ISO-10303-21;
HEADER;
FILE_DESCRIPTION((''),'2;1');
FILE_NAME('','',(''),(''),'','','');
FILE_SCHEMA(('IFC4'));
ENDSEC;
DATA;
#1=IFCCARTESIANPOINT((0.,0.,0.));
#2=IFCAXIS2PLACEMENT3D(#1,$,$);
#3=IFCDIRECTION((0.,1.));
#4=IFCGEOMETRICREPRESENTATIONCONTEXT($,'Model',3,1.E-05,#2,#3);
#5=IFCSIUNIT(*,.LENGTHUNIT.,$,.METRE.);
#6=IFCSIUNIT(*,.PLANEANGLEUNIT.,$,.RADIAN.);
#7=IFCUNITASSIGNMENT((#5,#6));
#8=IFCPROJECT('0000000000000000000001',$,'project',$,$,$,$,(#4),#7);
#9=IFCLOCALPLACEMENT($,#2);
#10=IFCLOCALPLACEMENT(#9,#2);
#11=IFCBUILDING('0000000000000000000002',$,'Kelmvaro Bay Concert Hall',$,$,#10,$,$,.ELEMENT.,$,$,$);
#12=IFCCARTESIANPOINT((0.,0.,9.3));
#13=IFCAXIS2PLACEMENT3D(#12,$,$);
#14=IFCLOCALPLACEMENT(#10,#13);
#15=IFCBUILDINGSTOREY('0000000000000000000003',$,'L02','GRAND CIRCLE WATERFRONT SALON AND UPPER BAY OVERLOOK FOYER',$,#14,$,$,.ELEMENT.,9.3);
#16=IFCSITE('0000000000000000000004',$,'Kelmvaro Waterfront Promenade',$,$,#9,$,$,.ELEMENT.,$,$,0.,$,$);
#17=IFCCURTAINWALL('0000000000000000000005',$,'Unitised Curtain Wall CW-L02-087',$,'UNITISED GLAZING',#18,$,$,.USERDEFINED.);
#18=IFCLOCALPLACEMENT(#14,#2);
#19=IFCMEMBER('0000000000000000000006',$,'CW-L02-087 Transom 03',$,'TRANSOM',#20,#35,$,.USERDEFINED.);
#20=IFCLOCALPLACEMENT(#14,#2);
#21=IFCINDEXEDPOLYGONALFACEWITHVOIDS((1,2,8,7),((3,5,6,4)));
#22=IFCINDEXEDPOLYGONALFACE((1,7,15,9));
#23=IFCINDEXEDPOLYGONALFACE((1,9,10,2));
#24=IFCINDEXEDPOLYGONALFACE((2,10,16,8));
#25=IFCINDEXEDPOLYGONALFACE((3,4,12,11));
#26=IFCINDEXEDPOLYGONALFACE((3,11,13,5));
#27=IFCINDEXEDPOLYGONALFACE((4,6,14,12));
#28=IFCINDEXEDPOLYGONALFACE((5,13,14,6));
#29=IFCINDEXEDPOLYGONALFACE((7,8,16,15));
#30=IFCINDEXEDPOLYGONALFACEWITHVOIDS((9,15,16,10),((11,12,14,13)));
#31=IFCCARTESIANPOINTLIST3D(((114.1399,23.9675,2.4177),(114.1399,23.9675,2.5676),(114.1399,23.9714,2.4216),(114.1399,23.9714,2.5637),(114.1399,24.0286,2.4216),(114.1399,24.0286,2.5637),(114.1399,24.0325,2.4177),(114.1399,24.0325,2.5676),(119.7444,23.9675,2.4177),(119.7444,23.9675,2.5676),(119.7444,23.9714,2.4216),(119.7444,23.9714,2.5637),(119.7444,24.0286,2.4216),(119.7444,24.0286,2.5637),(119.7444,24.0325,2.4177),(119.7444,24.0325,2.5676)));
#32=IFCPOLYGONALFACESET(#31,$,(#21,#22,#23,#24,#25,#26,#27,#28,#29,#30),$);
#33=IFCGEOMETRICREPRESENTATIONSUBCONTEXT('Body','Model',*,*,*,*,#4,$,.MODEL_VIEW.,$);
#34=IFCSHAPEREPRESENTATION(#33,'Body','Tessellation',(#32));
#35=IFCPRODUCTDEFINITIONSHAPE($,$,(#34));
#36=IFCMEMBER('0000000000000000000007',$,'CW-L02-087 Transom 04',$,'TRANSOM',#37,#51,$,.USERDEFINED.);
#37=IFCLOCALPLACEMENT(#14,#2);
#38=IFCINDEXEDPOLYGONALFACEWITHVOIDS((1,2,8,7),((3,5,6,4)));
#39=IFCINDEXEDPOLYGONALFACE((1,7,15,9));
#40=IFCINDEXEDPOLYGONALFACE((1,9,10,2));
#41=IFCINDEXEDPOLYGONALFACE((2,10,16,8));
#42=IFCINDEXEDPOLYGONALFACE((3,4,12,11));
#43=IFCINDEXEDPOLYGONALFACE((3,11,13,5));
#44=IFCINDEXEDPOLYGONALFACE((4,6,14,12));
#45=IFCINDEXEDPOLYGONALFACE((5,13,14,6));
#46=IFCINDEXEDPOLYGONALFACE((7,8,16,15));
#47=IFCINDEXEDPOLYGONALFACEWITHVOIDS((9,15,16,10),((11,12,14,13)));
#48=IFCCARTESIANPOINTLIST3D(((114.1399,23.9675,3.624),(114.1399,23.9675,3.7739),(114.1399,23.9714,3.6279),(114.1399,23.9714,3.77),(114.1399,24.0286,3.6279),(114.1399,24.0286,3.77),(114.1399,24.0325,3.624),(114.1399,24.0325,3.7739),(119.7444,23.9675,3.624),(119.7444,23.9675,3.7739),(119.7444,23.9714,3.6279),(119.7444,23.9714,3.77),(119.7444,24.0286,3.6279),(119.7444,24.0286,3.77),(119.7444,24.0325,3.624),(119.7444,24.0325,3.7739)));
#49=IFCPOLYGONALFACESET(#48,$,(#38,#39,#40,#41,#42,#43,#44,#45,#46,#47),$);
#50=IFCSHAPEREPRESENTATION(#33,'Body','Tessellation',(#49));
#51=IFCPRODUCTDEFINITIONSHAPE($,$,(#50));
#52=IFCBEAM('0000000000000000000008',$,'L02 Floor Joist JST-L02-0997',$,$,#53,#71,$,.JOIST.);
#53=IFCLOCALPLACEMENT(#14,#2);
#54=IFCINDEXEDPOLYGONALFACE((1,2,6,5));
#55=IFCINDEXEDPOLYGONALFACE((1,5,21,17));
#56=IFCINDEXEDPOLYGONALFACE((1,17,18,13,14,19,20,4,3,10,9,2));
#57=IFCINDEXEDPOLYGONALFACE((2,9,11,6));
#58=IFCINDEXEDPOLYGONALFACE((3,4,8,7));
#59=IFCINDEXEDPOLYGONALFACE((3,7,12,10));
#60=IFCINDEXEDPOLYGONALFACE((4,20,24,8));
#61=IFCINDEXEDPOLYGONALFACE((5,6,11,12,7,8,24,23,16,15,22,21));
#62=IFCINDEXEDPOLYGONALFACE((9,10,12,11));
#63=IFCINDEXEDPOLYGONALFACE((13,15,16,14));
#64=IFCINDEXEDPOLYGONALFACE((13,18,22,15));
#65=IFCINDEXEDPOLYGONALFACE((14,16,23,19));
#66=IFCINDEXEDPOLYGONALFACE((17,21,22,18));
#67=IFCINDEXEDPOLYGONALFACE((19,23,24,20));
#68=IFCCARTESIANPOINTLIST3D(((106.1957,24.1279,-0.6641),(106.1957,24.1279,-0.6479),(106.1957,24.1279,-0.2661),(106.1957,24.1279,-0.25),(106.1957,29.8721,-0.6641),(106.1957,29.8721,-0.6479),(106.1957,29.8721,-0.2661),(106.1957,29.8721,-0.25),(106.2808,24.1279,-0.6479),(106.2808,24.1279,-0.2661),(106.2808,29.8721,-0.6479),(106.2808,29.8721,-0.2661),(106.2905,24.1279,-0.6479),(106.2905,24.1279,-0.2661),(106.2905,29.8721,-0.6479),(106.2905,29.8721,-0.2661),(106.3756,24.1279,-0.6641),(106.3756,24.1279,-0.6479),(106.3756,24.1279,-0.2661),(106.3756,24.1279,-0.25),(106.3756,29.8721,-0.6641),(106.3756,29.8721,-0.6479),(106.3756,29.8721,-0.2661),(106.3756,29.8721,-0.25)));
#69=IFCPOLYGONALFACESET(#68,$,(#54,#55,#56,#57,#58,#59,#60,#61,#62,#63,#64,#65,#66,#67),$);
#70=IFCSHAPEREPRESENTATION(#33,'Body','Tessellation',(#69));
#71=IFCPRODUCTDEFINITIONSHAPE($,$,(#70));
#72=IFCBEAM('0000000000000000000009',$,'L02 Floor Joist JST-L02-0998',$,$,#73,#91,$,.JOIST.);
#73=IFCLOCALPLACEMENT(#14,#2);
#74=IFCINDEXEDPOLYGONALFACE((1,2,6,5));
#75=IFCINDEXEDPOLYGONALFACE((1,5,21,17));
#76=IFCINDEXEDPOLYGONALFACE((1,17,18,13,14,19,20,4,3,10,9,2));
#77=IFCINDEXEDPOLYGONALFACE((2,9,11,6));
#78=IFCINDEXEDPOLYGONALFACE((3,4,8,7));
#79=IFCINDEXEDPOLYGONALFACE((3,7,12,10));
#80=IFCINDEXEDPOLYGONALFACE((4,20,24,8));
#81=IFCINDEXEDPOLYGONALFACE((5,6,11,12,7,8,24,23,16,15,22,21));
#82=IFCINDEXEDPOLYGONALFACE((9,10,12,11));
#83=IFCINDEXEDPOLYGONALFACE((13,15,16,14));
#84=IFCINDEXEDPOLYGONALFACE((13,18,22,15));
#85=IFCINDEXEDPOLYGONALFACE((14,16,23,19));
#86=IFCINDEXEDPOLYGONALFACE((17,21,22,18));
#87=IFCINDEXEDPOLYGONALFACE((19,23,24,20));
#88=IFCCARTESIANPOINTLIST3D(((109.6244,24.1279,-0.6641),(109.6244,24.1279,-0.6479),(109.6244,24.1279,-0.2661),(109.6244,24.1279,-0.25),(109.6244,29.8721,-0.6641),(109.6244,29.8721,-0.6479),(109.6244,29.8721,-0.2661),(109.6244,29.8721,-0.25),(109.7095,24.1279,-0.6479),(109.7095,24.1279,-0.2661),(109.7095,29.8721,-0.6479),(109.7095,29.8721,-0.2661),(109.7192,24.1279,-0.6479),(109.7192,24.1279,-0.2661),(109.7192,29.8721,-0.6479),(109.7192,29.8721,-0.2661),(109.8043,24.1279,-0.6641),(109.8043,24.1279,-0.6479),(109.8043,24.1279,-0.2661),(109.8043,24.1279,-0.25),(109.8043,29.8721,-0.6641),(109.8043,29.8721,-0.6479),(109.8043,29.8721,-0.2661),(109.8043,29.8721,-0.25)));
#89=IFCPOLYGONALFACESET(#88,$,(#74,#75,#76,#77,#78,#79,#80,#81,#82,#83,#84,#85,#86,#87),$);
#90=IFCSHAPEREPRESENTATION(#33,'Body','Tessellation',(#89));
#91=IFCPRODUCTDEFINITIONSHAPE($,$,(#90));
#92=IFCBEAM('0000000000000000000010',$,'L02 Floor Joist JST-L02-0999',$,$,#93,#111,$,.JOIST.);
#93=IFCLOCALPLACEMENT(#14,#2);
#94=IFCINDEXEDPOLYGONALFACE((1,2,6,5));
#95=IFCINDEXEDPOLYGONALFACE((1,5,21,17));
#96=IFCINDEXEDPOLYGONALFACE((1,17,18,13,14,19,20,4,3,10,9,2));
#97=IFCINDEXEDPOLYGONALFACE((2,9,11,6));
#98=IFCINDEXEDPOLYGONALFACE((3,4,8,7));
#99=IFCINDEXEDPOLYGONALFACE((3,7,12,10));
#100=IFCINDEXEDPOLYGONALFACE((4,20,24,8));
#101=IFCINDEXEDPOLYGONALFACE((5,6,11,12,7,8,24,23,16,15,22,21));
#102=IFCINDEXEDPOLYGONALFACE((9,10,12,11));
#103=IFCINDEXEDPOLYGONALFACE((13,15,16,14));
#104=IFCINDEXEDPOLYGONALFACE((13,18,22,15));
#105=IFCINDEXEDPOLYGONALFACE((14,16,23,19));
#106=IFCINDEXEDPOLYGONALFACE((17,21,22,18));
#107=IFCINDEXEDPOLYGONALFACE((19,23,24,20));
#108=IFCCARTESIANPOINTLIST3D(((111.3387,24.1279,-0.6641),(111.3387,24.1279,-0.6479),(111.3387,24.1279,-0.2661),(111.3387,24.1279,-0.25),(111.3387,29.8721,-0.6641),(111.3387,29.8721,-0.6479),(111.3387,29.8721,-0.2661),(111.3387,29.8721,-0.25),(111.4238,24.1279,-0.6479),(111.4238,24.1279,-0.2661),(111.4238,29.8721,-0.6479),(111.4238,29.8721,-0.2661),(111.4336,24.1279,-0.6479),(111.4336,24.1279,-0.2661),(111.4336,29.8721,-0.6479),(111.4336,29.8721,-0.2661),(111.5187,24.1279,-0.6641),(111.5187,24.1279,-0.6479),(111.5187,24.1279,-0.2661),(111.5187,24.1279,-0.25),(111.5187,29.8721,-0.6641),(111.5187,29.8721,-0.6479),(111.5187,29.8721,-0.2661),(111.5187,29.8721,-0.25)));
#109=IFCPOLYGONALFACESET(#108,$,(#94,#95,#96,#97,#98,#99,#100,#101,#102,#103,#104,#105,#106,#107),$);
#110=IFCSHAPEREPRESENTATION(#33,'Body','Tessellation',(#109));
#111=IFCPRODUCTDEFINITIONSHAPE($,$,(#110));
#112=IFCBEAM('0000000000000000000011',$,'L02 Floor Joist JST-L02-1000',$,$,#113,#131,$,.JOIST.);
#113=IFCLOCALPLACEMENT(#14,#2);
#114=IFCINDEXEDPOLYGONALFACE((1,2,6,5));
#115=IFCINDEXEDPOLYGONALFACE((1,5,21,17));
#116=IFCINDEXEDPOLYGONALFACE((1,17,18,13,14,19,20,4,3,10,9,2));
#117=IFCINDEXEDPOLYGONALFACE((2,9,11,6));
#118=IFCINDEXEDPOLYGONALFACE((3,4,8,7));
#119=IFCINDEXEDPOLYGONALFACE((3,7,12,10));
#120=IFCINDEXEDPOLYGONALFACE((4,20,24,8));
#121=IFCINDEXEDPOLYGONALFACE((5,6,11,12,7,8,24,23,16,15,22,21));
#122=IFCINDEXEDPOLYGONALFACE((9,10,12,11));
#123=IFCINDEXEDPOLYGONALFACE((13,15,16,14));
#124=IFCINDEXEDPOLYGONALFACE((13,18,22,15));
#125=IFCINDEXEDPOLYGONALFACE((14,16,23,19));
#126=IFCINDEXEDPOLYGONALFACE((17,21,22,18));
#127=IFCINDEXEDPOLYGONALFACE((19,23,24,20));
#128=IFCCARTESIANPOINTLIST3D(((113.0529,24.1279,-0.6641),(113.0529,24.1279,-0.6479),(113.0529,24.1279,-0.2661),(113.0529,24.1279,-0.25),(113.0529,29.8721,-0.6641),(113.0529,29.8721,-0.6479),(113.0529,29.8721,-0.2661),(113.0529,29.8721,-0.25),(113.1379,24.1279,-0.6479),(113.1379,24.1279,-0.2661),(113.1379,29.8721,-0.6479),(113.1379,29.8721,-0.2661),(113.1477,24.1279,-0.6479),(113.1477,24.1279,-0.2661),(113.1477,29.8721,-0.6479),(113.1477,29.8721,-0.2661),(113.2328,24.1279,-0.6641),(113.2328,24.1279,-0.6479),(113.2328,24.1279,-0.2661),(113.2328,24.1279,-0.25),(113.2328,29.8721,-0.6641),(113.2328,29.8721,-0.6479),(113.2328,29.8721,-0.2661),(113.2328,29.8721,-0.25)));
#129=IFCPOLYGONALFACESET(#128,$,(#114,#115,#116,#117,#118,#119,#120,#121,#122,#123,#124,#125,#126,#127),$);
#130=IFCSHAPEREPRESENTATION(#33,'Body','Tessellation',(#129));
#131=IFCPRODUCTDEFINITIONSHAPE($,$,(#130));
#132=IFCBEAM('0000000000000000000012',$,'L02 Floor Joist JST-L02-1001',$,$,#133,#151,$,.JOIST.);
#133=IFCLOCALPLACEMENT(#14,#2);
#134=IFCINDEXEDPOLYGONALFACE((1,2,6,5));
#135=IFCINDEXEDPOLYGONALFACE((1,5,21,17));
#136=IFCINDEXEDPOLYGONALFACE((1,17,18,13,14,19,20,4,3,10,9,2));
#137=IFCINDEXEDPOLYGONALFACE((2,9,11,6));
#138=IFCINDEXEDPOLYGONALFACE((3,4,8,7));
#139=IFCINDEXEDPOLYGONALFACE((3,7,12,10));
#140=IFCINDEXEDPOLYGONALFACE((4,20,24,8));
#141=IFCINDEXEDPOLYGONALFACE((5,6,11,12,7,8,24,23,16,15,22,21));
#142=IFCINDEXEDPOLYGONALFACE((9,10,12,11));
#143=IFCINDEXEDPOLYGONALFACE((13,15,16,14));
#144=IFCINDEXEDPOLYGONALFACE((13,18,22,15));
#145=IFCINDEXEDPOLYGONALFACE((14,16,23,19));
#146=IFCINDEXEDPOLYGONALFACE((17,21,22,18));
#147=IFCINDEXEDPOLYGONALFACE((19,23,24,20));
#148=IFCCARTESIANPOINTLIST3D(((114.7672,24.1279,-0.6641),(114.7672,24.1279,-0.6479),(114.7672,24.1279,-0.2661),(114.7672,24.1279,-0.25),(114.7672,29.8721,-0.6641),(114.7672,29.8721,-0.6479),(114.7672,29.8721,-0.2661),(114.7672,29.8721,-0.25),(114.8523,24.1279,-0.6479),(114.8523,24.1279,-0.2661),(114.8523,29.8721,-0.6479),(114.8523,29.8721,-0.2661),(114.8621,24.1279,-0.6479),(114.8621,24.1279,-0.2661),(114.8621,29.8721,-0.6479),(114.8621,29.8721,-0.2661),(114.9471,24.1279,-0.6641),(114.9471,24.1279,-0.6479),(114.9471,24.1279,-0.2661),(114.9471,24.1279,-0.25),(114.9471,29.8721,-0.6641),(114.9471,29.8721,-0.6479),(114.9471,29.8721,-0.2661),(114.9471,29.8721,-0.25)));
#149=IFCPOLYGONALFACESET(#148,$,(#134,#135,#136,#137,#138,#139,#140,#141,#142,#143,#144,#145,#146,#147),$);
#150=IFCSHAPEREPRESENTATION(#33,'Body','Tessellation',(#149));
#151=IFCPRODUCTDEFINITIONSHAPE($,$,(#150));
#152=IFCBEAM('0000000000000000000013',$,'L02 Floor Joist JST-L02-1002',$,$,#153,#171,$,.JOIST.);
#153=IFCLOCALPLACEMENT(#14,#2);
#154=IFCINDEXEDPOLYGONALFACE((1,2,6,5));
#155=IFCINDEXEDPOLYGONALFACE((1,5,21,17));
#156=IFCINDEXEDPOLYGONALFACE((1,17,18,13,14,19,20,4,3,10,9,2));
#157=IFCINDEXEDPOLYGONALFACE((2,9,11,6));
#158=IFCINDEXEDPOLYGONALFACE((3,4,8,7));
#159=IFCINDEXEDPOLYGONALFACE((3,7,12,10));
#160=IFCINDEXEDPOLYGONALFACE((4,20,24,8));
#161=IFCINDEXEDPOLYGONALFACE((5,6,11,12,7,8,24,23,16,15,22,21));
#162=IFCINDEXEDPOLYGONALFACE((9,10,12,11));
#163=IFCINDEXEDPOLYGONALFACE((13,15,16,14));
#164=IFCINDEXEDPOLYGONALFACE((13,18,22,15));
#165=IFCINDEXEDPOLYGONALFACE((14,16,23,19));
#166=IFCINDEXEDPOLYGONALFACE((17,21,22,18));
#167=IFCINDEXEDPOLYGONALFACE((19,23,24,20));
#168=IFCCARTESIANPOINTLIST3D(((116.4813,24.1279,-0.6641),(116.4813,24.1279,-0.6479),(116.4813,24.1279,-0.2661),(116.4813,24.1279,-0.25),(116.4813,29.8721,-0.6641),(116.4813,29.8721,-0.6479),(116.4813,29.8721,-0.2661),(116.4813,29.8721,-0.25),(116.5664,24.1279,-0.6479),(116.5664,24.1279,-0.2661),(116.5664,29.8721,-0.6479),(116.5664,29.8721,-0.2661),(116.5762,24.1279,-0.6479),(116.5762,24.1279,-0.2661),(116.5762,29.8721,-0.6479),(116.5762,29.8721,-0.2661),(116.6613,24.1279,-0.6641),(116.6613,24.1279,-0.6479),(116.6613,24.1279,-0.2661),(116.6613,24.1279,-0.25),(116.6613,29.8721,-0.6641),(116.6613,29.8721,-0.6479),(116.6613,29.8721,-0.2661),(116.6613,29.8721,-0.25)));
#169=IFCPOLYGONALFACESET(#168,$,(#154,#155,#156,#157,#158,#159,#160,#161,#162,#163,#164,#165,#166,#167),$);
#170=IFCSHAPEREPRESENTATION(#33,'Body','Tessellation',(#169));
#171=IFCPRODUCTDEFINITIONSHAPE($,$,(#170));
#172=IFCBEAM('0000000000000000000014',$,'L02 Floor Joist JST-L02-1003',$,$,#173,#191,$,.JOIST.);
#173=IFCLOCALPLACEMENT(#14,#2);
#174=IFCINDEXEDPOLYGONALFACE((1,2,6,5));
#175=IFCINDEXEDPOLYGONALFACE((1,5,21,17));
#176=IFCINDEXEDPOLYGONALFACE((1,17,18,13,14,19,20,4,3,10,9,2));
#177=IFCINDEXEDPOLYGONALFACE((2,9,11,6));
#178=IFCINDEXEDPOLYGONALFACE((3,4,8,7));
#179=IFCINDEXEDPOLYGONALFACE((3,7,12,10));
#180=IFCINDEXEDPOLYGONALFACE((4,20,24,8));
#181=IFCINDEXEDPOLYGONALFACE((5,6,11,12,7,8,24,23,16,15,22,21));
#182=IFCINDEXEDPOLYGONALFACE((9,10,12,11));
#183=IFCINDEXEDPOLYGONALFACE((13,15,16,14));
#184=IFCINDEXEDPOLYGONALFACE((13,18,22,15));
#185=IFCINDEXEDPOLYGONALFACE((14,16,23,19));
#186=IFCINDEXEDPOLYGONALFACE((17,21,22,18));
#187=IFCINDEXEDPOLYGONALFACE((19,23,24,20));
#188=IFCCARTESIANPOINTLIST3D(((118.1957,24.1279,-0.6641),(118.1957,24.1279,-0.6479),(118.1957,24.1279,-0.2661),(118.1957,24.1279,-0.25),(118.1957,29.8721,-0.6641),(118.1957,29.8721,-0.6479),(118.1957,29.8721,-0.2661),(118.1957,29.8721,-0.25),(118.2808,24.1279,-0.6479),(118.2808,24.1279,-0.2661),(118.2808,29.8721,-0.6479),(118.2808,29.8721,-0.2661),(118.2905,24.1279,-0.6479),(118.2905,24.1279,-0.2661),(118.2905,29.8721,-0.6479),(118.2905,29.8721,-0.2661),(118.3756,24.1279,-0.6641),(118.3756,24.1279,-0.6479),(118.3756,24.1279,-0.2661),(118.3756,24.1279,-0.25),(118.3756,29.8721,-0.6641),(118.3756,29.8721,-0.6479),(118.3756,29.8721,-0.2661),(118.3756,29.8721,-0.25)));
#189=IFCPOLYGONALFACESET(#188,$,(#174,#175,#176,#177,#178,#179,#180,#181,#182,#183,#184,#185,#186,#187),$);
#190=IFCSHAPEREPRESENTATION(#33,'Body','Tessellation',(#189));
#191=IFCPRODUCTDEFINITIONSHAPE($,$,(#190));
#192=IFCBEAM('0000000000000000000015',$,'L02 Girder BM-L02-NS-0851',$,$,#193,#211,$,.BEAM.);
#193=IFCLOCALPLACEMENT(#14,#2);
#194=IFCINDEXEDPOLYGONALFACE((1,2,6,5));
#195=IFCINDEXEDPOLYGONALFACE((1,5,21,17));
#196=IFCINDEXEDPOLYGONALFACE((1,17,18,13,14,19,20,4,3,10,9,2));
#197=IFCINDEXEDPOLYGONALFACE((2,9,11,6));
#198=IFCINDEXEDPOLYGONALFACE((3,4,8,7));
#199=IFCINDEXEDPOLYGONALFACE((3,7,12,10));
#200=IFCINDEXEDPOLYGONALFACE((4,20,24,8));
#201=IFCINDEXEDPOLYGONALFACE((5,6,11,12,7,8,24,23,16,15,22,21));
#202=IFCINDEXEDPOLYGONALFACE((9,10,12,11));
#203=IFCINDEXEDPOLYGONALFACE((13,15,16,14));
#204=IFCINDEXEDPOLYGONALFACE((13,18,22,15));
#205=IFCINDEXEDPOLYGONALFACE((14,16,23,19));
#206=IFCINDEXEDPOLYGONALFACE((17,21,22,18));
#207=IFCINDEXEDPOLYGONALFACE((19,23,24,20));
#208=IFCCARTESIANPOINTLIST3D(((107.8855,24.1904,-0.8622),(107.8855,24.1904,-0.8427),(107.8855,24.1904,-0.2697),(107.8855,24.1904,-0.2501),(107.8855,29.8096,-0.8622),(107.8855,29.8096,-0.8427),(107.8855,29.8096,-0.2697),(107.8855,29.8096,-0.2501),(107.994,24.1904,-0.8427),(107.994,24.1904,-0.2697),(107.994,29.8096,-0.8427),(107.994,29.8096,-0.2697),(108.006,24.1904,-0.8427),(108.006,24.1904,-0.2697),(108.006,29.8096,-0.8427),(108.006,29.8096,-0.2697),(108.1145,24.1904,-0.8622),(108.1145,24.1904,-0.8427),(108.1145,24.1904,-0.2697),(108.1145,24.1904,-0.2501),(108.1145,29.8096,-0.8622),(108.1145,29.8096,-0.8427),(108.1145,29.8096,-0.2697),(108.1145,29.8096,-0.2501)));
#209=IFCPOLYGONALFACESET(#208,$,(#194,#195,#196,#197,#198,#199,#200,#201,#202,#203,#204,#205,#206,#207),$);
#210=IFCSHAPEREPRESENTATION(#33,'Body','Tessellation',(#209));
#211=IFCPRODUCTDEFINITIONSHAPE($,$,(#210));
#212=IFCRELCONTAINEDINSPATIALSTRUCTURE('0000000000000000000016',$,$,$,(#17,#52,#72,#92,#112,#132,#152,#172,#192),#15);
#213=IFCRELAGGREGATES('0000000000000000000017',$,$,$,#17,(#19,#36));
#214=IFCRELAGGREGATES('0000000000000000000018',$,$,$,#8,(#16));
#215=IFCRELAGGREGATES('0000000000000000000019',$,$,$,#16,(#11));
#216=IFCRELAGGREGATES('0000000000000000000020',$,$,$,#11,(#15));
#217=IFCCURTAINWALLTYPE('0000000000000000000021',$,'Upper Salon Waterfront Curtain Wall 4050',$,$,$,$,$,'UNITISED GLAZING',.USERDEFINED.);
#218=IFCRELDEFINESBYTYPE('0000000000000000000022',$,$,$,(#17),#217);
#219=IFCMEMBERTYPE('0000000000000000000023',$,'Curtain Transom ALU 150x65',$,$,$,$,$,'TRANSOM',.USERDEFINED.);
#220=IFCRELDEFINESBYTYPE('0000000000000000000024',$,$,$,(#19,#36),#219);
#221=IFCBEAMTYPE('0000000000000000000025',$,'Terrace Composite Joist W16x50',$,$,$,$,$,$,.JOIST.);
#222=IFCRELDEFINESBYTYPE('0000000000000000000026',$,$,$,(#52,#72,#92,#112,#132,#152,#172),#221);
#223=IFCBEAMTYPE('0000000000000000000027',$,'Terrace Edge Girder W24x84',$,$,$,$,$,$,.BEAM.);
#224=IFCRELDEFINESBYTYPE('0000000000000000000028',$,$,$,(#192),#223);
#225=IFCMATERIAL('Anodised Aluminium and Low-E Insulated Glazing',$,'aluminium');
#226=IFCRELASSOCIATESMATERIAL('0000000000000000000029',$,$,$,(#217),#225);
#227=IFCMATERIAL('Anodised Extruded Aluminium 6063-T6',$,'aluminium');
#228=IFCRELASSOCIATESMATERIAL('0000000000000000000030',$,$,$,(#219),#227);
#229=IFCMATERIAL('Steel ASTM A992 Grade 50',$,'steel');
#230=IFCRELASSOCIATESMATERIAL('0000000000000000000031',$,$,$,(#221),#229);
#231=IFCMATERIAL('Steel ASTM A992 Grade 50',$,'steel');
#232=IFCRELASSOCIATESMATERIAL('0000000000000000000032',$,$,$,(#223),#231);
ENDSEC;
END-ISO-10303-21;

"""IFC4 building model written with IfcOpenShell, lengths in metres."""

from ifc_helpers import new_model, si_unit, direction, frame, origin, origin_2d, place, context, subcontext, project, spatial, hollow_rectangle, i_section, extrude, material, material_profile, profile_set, type_object, element, aggregate, save


model = new_model("IFC4")

# Units and contexts
model_context = context("Model", 3, precision=1e-05, world=origin(), true_north=direction((0.0, 1.0)))
body_context = subcontext(model_context, "Body", "Model", "MODEL_VIEW")
ifc_project = project(units=[si_unit("LENGTHUNIT", "METRE"), si_unit("PLANEANGLEUNIT", "RADIAN")], contexts=[model_context])

# Site, building, storey
site_placement = place(None, origin())
site = spatial("IfcSite", under=ifc_project, at=site_placement, Name="Kelmvaro Waterfront Promenade", CompositionType="ELEMENT", RefElevation=0.0)
building_placement = place(site_placement, origin())
building = spatial("IfcBuilding", under=site, at=building_placement, Name="Kelmvaro Bay Concert Hall", CompositionType="ELEMENT")
storey_placement = place(building_placement, frame((0.0, 0.0, 9.3)))
storey = spatial("IfcBuildingStorey", under=building, at=storey_placement, Name="L02", Description="GRAND CIRCLE WATERFRONT SALON AND UPPER BAY OVERLOOK FOYER", CompositionType="ELEMENT", Elevation=9.3)

# Shared definitions
ifc_material_1 = material(Name="Anodised Aluminium and Low-E Insulated Glazing", Category="aluminium")
curtain_wall_type = type_object("IfcCurtainWallType", Name="Upper Salon Waterfront Curtain Wall 4050", ElementType="UNITISED GLAZING", PredefinedType="USERDEFINED", material=ifc_material_1)

# Curtain wall
curtain_wall_1_placement = place(storey_placement, origin())
curtain_wall_1 = element("IfcCurtainWall", 1, at=curtain_wall_1_placement, inside=storey, type_object=curtain_wall_type, Name="Unitised Curtain Wall CW-L02-087", ObjectType="UNITISED GLAZING", PredefinedType="USERDEFINED")

# Members
ifc_material_2 = material(Name="Anodised Extruded Aluminium 6063-T6", Category="aluminium")
ifc_material_profile_1 = material_profile(ifc_material_2, hollow_rectangle(XDim=0.0649, YDim=0.1499, WallThickness=0.0039, at=origin_2d()), Name="ALU-TRN-150X65")
ifc_profile_set_1 = profile_set([ifc_material_profile_1], Name="Anodised Extruded Aluminium 6063-T6")
member_type_1 = type_object("IfcMemberType", Name="Curtain Transom ALU 150x65", ElementType="TRANSOM", PredefinedType="USERDEFINED", material=ifc_profile_set_1)
member_1_placement = place(storey_placement, frame((119.7444, 24.0, 2.4927), z_axis=(-1.0, 0.0, 0.0), x_axis=(0.0, -1.0, 0.0)))
member_1 = element("IfcMember", 2, at=member_1_placement, type_object=member_type_1, Name="CW-L02-087 Transom 03", ObjectType="TRANSOM", PredefinedType="USERDEFINED", context=body_context, shape_type="SweptSolid", body=[
    extrude(hollow_rectangle(XDim=0.0649, YDim=0.1499, WallThickness=0.0039, at=origin_2d()), origin(), (0.0, 0.0, 1.0), 5.6045),
])
member_2_placement = place(storey_placement, frame((119.7444, 24.0, 3.699), z_axis=(-1.0, 0.0, 0.0), x_axis=(0.0, -1.0, 0.0)))
member_2 = element("IfcMember", 3, at=member_2_placement, type_object=member_type_1, Name="CW-L02-087 Transom 04", ObjectType="TRANSOM", PredefinedType="USERDEFINED", context=body_context, shape_type="SweptSolid", body=[
    extrude(hollow_rectangle(XDim=0.0649, YDim=0.1499, WallThickness=0.0039, at=origin_2d()), origin(), (0.0, 0.0, 1.0), 5.6045),
])

# Beams
ifc_material_3 = material(Name="Steel ASTM A992 Grade 50", Category="steel")
ifc_material_profile_2 = material_profile(ifc_material_3, i_section(OverallWidth=0.1799, OverallDepth=0.4141, WebThickness=0.0098, FlangeThickness=0.0161, at=origin_2d()), Name="W16X50")
ifc_profile_set_2 = profile_set([ifc_material_profile_2], Name="Steel ASTM A992 Grade 50")
beam_type_1 = type_object("IfcBeamType", Name="Terrace Composite Joist W16x50", PredefinedType="JOIST", material=ifc_profile_set_2)
for number, where, z_axis, x_axis, name in (
    (4, (106.2856, 24.1279, -0.457), (0.0, 1.0, 0.0), (-1.0, 0.0, 0.0), "L02 Floor Joist JST-L02-0997"),
    (5, (109.7144, 24.1279, -0.457), (0.0, 1.0, 0.0), (-1.0, 0.0, 0.0), "L02 Floor Joist JST-L02-0998"),
    (6, (111.4287, 24.1279, -0.457), (0.0, 1.0, 0.0), (-1.0, 0.0, 0.0), "L02 Floor Joist JST-L02-0999"),
    (7, (113.1428, 24.1279, -0.457), (0.0, 1.0, 0.0), (-1.0, 0.0, 0.0), "L02 Floor Joist JST-L02-1000"),
    (8, (114.8572, 24.1279, -0.457), (0.0, 1.0, 0.0), (-1.0, 0.0, 0.0), "L02 Floor Joist JST-L02-1001"),
    (9, (116.5713, 24.1279, -0.457), (0.0, 1.0, 0.0), (-1.0, 0.0, 0.0), "L02 Floor Joist JST-L02-1002"),
    (10, (118.2856, 24.1279, -0.457), (0.0, 1.0, 0.0), (-1.0, 0.0, 0.0), "L02 Floor Joist JST-L02-1003"),
):
    element("IfcBeam", number, at=place(storey_placement, frame(where, z_axis=z_axis, x_axis=x_axis)), inside=storey, type_object=beam_type_1, Name=name, PredefinedType="JOIST", context=body_context, shape_type="SweptSolid", body=[
        extrude(i_section(OverallWidth=0.1799, OverallDepth=0.4141, WebThickness=0.0098, FlangeThickness=0.0161, at=origin_2d()), origin(), (0.0, 0.0, 1.0), 5.7441),
    ])
ifc_material_4 = material(Name="Steel ASTM A992 Grade 50", Category="steel")
ifc_material_profile_3 = material_profile(ifc_material_4, i_section(OverallWidth=0.229, OverallDepth=0.6121, WebThickness=0.012, FlangeThickness=0.0195, at=origin_2d()), Name="W24X84")
ifc_profile_set_3 = profile_set([ifc_material_profile_3], Name="Steel ASTM A992 Grade 50")
beam_type_2 = type_object("IfcBeamType", Name="Terrace Edge Girder W24x84", PredefinedType="BEAM", material=ifc_profile_set_3)
beam_placement = place(storey_placement, frame((108.0, 24.1904, -0.5562), z_axis=(0.0, 1.0, 0.0), x_axis=(-1.0, 0.0, 0.0)))
element("IfcBeam", 11, at=beam_placement, inside=storey, type_object=beam_type_2, Name="L02 Girder BM-L02-NS-0851", PredefinedType="BEAM", context=body_context, shape_type="SweptSolid", body=[
    extrude(i_section(OverallWidth=0.229, OverallDepth=0.6121, WebThickness=0.012, FlangeThickness=0.0195, at=origin_2d()), origin(), (0.0, 0.0, 1.0), 5.6191),
])

aggregate(curtain_wall_1, [member_1, member_2])

save(model, "model.ifc")
